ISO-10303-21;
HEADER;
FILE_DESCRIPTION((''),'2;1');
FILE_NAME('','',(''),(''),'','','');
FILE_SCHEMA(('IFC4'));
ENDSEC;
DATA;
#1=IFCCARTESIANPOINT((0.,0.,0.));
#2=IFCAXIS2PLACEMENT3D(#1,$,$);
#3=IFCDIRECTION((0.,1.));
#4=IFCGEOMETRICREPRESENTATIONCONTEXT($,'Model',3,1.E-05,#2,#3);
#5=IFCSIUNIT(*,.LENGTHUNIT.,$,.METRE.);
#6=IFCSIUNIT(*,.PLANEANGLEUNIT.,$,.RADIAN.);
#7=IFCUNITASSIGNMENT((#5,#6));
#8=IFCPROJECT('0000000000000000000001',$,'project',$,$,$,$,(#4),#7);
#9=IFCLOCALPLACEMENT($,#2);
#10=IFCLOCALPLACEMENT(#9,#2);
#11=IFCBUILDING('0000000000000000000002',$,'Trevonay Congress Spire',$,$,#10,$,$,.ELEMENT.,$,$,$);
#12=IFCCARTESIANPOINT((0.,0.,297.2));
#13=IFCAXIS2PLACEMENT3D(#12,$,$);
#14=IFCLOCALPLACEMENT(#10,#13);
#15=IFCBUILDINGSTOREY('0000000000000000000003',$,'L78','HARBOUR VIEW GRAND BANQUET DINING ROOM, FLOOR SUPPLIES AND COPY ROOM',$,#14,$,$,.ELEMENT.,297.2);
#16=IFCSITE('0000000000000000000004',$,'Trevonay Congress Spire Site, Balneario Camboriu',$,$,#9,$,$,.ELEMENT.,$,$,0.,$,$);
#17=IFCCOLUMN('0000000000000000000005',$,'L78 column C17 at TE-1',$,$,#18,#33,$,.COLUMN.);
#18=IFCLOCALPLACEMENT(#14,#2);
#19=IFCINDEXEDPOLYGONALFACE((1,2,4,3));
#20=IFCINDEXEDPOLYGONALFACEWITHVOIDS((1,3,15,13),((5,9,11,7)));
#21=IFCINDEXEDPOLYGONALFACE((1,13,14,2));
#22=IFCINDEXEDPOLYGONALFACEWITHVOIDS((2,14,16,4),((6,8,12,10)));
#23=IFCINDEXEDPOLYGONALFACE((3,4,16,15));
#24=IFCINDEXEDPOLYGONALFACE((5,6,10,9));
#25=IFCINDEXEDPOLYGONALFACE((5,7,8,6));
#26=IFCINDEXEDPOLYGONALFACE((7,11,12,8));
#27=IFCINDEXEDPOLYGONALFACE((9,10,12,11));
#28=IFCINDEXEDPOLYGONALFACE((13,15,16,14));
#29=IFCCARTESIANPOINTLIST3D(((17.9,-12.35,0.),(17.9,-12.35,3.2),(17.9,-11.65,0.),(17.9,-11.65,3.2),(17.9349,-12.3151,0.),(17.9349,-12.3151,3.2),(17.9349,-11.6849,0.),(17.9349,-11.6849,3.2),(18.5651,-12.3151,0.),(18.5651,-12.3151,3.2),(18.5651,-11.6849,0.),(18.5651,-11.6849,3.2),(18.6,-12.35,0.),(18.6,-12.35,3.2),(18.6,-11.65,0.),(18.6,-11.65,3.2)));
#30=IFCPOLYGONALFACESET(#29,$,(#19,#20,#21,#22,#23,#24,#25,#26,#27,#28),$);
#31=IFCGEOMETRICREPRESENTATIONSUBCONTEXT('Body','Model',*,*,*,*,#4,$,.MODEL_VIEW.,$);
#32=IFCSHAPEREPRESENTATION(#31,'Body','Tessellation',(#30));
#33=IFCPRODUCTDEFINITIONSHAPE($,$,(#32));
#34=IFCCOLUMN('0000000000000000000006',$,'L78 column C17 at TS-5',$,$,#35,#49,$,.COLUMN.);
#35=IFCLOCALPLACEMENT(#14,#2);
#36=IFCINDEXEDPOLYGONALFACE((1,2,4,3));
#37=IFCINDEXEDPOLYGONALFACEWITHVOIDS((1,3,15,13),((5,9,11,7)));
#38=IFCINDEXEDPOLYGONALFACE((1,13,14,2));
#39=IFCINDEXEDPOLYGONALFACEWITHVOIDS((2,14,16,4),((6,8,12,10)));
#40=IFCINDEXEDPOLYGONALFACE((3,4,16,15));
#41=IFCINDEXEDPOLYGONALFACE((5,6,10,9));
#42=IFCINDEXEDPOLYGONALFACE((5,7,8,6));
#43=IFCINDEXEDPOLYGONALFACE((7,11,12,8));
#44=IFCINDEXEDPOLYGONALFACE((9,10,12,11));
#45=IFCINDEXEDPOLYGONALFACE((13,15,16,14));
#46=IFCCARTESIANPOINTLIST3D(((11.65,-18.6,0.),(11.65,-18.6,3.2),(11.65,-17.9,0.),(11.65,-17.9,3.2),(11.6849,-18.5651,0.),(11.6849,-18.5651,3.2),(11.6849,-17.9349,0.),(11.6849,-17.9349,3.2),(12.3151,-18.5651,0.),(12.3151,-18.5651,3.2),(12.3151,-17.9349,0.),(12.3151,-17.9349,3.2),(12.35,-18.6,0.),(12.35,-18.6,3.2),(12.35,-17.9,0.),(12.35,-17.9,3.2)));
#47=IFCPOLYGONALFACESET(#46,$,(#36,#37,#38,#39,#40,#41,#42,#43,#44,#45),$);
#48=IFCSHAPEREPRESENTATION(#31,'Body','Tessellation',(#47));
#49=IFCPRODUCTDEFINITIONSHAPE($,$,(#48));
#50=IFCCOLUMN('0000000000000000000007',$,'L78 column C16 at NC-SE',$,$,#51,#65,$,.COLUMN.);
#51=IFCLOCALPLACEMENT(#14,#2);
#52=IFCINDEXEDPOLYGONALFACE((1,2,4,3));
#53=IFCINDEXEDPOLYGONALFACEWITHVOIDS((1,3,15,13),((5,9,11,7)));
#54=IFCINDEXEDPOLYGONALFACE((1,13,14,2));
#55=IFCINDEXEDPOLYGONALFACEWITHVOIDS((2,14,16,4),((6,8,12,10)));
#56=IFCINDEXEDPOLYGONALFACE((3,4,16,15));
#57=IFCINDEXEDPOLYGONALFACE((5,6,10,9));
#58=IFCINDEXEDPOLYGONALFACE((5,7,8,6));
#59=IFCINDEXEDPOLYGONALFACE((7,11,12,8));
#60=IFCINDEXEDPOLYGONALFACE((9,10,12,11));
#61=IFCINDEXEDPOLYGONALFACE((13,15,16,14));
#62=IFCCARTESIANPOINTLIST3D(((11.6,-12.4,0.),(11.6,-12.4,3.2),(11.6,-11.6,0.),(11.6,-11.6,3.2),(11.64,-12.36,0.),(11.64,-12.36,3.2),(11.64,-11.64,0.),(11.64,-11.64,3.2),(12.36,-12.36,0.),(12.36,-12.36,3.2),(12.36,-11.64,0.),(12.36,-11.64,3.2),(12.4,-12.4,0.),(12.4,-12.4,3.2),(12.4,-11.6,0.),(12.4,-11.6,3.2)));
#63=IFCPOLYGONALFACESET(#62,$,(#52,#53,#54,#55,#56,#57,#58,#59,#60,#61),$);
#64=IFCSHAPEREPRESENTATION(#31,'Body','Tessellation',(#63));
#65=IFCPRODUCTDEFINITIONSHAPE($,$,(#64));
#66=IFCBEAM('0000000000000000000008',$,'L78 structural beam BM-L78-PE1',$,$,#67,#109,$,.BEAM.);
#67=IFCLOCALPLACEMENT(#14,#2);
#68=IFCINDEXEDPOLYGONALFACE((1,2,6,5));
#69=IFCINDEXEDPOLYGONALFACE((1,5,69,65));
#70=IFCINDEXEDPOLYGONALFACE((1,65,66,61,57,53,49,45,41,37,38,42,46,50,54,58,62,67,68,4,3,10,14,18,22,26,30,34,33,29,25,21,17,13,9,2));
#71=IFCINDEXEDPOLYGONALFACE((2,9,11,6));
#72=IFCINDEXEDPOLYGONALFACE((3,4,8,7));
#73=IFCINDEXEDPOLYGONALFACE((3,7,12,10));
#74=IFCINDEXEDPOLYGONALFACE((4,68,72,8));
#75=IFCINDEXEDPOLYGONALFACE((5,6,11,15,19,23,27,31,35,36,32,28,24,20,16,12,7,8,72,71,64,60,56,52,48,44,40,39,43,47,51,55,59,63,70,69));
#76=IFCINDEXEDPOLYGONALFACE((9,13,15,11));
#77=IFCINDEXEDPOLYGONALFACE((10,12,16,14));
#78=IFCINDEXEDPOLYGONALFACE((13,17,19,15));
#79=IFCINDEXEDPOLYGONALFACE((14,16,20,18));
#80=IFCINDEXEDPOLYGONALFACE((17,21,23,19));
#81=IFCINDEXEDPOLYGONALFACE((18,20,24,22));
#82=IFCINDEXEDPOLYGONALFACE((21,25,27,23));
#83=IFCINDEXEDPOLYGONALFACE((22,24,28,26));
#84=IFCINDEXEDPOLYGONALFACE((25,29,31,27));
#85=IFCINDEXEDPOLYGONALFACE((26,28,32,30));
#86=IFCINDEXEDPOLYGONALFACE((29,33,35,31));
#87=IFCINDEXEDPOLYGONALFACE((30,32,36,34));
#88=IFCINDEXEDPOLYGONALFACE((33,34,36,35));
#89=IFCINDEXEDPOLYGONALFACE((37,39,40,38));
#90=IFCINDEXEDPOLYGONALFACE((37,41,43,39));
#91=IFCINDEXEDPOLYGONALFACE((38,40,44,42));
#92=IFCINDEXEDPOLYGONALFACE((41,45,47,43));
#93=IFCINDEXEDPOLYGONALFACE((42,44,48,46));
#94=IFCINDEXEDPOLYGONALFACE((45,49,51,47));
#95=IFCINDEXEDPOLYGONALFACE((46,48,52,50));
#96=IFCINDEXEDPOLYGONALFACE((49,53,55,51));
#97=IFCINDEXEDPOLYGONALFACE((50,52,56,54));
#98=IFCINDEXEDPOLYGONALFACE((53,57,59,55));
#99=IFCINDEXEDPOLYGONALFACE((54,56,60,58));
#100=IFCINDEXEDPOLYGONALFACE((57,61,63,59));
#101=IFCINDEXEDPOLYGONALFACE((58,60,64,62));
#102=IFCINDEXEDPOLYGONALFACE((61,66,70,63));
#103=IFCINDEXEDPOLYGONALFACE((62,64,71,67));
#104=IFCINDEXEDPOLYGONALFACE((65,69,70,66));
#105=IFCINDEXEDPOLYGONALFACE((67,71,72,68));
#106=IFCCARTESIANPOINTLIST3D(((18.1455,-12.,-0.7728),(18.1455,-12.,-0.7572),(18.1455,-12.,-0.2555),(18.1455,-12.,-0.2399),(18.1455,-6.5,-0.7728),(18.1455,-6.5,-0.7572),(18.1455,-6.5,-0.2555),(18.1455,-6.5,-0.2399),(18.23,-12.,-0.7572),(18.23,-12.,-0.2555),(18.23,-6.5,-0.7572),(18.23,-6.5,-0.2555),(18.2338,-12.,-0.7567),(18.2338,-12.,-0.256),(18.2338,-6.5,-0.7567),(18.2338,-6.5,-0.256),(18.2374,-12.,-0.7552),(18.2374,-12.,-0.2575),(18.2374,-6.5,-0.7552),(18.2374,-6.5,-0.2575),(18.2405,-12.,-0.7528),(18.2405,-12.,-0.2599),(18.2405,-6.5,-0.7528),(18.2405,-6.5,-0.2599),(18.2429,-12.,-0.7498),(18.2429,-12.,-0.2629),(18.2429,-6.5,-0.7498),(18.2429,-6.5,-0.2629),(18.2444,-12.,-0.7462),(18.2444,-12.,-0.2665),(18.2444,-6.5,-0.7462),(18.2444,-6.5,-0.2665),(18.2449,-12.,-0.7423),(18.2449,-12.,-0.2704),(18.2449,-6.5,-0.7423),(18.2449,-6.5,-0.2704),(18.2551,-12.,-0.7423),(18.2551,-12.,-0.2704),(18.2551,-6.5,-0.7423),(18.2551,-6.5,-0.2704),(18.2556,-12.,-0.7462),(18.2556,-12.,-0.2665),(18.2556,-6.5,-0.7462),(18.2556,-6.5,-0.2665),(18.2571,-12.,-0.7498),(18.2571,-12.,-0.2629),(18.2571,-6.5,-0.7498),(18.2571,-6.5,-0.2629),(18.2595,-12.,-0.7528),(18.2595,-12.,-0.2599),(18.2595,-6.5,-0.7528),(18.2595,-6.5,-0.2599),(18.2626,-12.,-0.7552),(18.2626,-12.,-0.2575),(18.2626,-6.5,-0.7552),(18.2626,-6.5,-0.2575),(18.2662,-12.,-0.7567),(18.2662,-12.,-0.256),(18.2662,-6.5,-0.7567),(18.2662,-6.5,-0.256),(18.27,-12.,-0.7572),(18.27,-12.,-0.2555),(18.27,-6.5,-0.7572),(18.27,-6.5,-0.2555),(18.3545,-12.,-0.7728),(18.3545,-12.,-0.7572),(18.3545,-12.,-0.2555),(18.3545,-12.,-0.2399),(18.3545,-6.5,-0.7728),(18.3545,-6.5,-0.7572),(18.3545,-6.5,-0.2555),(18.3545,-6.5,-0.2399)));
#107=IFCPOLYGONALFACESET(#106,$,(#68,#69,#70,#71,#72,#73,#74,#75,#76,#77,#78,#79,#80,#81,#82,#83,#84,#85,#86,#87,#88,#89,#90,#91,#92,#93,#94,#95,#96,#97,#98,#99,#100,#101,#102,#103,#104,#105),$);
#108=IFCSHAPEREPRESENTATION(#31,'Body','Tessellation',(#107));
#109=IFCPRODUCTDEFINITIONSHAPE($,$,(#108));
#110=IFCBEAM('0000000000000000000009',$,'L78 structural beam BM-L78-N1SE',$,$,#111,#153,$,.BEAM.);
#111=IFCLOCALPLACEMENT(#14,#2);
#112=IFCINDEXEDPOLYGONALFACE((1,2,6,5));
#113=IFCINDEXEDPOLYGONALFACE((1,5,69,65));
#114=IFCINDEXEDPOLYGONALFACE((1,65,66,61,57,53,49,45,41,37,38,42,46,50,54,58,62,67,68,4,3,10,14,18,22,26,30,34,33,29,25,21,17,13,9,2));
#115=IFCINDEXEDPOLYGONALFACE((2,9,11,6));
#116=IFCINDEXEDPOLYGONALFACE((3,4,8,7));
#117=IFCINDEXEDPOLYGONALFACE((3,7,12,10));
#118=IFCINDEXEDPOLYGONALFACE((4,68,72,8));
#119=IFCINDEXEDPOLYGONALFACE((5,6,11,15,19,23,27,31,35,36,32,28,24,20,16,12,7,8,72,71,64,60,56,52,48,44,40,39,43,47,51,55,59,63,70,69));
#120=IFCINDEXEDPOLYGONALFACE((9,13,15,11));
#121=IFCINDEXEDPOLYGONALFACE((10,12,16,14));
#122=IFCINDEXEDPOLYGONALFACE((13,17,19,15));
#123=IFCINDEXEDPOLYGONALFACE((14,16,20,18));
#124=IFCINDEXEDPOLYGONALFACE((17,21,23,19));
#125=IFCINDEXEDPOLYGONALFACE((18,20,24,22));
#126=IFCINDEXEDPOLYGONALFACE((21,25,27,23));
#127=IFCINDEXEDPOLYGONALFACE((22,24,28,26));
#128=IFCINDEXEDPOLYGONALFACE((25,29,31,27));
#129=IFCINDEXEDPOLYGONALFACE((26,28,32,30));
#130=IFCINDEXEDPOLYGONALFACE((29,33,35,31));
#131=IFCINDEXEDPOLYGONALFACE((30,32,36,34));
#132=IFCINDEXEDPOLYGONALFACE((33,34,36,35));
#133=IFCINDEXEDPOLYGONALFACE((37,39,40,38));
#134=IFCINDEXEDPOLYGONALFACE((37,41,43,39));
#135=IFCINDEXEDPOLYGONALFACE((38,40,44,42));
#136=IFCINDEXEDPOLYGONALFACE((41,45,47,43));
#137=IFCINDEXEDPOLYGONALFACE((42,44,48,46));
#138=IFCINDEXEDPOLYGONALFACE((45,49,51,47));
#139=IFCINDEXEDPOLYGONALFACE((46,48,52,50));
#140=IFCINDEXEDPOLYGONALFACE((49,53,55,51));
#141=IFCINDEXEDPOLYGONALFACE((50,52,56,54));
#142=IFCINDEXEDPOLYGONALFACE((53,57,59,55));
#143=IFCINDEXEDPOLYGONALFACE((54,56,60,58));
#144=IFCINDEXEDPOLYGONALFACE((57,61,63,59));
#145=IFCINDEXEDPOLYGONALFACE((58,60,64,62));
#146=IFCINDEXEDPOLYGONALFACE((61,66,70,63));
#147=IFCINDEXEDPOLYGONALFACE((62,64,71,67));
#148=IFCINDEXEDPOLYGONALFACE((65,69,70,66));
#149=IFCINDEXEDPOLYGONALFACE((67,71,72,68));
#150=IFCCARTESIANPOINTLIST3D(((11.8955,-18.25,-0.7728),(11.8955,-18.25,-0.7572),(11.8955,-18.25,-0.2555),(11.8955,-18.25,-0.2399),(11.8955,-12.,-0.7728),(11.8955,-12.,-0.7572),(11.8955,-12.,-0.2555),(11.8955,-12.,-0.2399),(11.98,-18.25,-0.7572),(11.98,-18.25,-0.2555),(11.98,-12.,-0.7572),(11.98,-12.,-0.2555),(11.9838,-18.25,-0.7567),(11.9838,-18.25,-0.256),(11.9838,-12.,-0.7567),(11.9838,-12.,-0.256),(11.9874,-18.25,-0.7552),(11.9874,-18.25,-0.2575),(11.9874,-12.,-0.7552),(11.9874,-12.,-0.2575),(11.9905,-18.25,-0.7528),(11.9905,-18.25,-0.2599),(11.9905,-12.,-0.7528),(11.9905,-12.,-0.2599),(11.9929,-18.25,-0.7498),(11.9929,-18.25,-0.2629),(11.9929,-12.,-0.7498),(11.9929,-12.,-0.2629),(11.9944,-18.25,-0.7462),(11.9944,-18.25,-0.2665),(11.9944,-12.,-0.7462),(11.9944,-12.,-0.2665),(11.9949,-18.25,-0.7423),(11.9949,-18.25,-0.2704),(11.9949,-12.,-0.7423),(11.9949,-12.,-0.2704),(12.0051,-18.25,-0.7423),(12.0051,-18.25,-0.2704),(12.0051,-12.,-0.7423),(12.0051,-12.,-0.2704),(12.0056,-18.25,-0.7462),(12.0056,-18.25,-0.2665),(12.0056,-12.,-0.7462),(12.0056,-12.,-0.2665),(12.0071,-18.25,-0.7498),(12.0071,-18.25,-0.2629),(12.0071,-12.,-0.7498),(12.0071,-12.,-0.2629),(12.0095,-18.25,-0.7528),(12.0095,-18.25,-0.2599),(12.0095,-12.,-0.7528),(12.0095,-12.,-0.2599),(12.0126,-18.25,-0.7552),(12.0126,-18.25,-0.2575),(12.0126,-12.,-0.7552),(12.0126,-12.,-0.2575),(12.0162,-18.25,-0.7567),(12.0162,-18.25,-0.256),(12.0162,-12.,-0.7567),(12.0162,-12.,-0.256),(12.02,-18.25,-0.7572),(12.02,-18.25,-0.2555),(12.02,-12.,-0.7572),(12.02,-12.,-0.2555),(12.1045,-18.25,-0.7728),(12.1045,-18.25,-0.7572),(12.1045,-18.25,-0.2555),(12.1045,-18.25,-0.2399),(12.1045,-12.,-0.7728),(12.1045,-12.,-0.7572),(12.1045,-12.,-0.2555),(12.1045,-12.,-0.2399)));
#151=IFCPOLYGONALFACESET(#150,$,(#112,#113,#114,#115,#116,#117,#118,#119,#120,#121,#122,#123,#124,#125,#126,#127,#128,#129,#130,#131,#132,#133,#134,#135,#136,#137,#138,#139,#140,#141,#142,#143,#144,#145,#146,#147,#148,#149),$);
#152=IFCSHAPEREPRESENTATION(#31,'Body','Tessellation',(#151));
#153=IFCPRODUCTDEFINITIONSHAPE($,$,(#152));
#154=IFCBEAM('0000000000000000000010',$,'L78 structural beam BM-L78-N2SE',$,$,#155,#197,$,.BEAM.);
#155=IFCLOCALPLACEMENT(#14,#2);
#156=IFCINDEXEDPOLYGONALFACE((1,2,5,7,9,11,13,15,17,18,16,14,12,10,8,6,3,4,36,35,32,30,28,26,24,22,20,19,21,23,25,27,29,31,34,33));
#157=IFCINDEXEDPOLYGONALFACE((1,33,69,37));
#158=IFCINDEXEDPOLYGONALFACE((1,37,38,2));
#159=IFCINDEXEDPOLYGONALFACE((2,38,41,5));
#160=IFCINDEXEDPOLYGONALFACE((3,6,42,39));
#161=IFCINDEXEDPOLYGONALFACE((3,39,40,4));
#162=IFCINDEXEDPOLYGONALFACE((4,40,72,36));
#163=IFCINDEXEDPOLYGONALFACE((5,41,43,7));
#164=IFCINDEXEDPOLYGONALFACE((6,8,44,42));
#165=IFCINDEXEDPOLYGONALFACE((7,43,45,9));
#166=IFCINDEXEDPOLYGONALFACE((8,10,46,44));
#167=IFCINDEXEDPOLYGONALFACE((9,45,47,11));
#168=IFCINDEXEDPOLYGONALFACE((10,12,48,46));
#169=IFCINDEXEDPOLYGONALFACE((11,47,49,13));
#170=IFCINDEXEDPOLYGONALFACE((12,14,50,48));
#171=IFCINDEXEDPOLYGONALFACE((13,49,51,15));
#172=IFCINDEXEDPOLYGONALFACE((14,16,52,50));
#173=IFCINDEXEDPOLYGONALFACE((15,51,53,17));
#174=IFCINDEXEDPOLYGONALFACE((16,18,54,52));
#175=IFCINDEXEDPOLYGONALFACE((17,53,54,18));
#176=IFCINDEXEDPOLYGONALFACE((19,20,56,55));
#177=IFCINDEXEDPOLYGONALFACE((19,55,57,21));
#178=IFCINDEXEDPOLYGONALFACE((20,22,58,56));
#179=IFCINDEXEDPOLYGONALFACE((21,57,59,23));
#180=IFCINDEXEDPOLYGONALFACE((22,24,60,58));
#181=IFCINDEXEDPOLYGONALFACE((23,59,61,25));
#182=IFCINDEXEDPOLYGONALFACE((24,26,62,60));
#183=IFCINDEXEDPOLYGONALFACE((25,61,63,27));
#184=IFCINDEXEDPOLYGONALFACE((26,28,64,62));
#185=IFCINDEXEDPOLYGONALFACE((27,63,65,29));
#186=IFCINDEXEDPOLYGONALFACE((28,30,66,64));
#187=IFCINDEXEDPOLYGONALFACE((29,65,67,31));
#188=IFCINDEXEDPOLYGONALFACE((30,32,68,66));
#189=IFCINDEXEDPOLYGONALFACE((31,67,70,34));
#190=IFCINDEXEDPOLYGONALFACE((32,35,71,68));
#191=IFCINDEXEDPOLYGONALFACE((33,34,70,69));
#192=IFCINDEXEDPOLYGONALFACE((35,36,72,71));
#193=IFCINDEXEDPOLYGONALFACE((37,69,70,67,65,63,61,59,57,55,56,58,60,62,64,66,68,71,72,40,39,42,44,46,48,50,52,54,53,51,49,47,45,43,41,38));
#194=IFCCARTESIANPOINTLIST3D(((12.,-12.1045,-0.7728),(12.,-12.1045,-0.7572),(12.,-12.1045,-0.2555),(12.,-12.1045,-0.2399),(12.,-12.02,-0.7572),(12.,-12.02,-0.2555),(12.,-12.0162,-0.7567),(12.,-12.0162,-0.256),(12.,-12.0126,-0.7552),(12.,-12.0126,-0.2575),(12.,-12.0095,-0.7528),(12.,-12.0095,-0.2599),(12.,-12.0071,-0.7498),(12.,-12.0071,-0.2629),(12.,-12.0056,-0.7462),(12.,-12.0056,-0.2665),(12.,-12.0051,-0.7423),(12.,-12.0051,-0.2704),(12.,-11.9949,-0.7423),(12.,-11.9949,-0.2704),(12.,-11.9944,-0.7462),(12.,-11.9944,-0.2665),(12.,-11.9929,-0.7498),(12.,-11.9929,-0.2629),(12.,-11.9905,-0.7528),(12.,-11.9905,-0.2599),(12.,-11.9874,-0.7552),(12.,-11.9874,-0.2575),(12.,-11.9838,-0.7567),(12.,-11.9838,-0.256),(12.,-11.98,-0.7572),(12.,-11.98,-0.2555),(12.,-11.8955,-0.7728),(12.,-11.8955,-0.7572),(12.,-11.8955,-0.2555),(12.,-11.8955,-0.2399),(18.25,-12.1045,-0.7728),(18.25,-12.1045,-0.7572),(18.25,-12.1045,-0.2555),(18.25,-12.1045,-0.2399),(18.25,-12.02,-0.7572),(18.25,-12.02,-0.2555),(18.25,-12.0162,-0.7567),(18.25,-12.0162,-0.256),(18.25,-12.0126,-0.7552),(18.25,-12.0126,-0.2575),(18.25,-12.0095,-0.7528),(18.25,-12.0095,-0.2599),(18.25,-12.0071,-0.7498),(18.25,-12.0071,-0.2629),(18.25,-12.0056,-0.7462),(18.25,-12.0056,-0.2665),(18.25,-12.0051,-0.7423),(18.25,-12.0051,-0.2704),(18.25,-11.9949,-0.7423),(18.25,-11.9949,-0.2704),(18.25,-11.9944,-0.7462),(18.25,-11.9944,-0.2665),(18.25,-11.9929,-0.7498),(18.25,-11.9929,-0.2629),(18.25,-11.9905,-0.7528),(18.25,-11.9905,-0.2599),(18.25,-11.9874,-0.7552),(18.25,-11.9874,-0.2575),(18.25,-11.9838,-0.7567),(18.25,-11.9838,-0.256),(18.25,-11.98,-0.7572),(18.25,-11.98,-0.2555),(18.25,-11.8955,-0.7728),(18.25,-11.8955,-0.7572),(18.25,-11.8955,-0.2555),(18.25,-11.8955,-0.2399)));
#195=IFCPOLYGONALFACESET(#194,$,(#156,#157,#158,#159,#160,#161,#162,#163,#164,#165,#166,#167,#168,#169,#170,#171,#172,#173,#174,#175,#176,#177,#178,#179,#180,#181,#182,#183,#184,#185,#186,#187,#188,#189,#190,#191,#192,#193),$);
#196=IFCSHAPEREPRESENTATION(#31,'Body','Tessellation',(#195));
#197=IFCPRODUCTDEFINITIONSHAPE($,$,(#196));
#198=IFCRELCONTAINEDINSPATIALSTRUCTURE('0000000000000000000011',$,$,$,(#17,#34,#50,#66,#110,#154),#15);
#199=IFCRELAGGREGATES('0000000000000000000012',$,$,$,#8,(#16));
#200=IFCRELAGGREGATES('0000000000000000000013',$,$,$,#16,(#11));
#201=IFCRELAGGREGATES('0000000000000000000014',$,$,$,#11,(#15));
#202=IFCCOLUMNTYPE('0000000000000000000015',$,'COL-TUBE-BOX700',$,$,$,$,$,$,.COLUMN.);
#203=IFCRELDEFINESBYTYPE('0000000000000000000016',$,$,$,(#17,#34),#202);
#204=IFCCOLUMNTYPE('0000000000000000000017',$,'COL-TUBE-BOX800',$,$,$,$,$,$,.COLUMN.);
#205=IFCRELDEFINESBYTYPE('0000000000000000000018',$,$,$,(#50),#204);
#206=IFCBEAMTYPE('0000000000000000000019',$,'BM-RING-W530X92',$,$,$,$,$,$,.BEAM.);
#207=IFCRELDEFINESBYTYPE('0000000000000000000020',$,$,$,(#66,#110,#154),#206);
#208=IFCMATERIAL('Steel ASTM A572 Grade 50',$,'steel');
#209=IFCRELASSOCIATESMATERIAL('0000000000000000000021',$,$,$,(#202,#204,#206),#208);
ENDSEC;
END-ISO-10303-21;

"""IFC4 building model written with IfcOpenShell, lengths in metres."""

from ifc_helpers import new_model, si_unit, direction, frame, origin, origin_2d, place, context, subcontext, project, spatial, hollow_rectangle, i_section, extrude, material, material_profile, profile_set, type_object, element, save


model = new_model("IFC4")

# Units and contexts
model_context = context("Model", 3, precision=1e-05, world=origin(), true_north=direction((0.0, 1.0)))
body_context = subcontext(model_context, "Body", "Model", "MODEL_VIEW")
ifc_project = project(units=[si_unit("LENGTHUNIT", "METRE"), si_unit("PLANEANGLEUNIT", "RADIAN")], contexts=[model_context])

# Site, building, storey
site_placement = place(None, origin())
site = spatial("IfcSite", under=ifc_project, at=site_placement, Name="Trevonay Congress Spire Site, Balneario Camboriu", CompositionType="ELEMENT", RefElevation=0.0)
building_placement = place(site_placement, origin())
building = spatial("IfcBuilding", under=site, at=building_placement, Name="Trevonay Congress Spire", CompositionType="ELEMENT")
storey_placement = place(building_placement, frame((0.0, 0.0, 297.2)))
storey = spatial("IfcBuildingStorey", under=building, at=storey_placement, Name="L78", Description="HARBOUR VIEW GRAND BANQUET DINING ROOM, FLOOR SUPPLIES AND COPY ROOM", CompositionType="ELEMENT", Elevation=297.2)

# Columns
ifc_material_1 = material(Name="Steel ASTM A572 Grade 50", Category="steel")
ifc_material_profile_1 = material_profile(ifc_material_1, hollow_rectangle(XDim=0.7, YDim=0.7, WallThickness=0.0349, at=origin_2d()), Name="BOX 700x700x35")
ifc_profile_set_1 = profile_set([ifc_material_profile_1], Name="Steel ASTM A572 Grade 50")
column_type_1 = type_object("IfcColumnType", Name="COL-TUBE-BOX700", PredefinedType="COLUMN", material=ifc_profile_set_1)
for number, where, z_axis, x_axis, name in (
    (1, (18.25, -12.0, 0.0), (0.0, 0.0, 1.0), (1.0, 0.0, 0.0), "L78 column C17 at TE-1"),
    (2, (12.0, -18.25, 0.0), (0.0, 0.0, 1.0), (1.0, 0.0, 0.0), "L78 column C17 at TS-5"),
):
    element("IfcColumn", number, at=place(storey_placement, frame(where, z_axis=z_axis, x_axis=x_axis)), inside=storey, type_object=column_type_1, Name=name, PredefinedType="COLUMN", context=body_context, shape_type="SweptSolid", body=[
        extrude(hollow_rectangle(XDim=0.7, YDim=0.7, WallThickness=0.0349, at=origin_2d()), origin(), (0.0, 0.0, 1.0), 3.2),
    ])
ifc_material_profile_2 = material_profile(ifc_material_1, hollow_rectangle(XDim=0.8, YDim=0.8, WallThickness=0.04, at=origin_2d()), Name="BOX 800x800x40")
ifc_profile_set_2 = profile_set([ifc_material_profile_2], Name="Steel ASTM A572 Grade 50")
column_type_2 = type_object("IfcColumnType", Name="COL-TUBE-BOX800", PredefinedType="COLUMN", material=ifc_profile_set_2)
column_placement = place(storey_placement, frame((12.0, -12.0, 0.0), z_axis=(0.0, 0.0, 1.0), x_axis=(1.0, 0.0, 0.0)))
element("IfcColumn", 3, at=column_placement, inside=storey, type_object=column_type_2, Name="L78 column C16 at NC-SE", PredefinedType="COLUMN", context=body_context, shape_type="SweptSolid", body=[
    extrude(hollow_rectangle(XDim=0.8, YDim=0.8, WallThickness=0.04, at=origin_2d()), origin(), (0.0, 0.0, 1.0), 3.2),
])

# Beams
ifc_material_profile_3 = material_profile(ifc_material_1, i_section(OverallWidth=0.209, OverallDepth=0.533, WebThickness=0.0103, FlangeThickness=0.0156, FilletRadius=0.0149, at=origin_2d()), Name="W530x92")
ifc_profile_set_3 = profile_set([ifc_material_profile_3], Name="Steel ASTM A572 Grade 50")
beam_type = type_object("IfcBeamType", Name="BM-RING-W530X92", PredefinedType="BEAM", material=ifc_profile_set_3)
beam_placement = place(storey_placement, frame((18.25, -12.0, -0.5063), z_axis=(0.0, 1.0, 0.0), x_axis=(-1.0, 0.0, 0.0)))
element("IfcBeam", 4, at=beam_placement, inside=storey, type_object=beam_type, Name="L78 structural beam BM-L78-PE1", PredefinedType="BEAM", context=body_context, shape_type="SweptSolid", body=[
    extrude(i_section(OverallWidth=0.209, OverallDepth=0.533, WebThickness=0.0103, FlangeThickness=0.0156, FilletRadius=0.0149, at=origin_2d()), origin(), (0.0, 0.0, 1.0), 5.5),
])
for number, where, z_axis, x_axis, name in (
    (5, (12.0, -18.25, -0.5063), (0.0, 1.0, 0.0), (-1.0, 0.0, 0.0), "L78 structural beam BM-L78-N1SE"),
    (6, (18.25, -12.0, -0.5063), (-1.0, 0.0, 0.0), (0.0, -1.0, 0.0), "L78 structural beam BM-L78-N2SE"),
):
    element("IfcBeam", number, at=place(storey_placement, frame(where, z_axis=z_axis, x_axis=x_axis)), inside=storey, type_object=beam_type, Name=name, PredefinedType="BEAM", context=body_context, shape_type="SweptSolid", body=[
        extrude(i_section(OverallWidth=0.209, OverallDepth=0.533, WebThickness=0.0103, FlangeThickness=0.0156, FilletRadius=0.0149, at=origin_2d()), origin(), (0.0, 0.0, 1.0), 6.25),
    ])

save(model, "model.ifc")
